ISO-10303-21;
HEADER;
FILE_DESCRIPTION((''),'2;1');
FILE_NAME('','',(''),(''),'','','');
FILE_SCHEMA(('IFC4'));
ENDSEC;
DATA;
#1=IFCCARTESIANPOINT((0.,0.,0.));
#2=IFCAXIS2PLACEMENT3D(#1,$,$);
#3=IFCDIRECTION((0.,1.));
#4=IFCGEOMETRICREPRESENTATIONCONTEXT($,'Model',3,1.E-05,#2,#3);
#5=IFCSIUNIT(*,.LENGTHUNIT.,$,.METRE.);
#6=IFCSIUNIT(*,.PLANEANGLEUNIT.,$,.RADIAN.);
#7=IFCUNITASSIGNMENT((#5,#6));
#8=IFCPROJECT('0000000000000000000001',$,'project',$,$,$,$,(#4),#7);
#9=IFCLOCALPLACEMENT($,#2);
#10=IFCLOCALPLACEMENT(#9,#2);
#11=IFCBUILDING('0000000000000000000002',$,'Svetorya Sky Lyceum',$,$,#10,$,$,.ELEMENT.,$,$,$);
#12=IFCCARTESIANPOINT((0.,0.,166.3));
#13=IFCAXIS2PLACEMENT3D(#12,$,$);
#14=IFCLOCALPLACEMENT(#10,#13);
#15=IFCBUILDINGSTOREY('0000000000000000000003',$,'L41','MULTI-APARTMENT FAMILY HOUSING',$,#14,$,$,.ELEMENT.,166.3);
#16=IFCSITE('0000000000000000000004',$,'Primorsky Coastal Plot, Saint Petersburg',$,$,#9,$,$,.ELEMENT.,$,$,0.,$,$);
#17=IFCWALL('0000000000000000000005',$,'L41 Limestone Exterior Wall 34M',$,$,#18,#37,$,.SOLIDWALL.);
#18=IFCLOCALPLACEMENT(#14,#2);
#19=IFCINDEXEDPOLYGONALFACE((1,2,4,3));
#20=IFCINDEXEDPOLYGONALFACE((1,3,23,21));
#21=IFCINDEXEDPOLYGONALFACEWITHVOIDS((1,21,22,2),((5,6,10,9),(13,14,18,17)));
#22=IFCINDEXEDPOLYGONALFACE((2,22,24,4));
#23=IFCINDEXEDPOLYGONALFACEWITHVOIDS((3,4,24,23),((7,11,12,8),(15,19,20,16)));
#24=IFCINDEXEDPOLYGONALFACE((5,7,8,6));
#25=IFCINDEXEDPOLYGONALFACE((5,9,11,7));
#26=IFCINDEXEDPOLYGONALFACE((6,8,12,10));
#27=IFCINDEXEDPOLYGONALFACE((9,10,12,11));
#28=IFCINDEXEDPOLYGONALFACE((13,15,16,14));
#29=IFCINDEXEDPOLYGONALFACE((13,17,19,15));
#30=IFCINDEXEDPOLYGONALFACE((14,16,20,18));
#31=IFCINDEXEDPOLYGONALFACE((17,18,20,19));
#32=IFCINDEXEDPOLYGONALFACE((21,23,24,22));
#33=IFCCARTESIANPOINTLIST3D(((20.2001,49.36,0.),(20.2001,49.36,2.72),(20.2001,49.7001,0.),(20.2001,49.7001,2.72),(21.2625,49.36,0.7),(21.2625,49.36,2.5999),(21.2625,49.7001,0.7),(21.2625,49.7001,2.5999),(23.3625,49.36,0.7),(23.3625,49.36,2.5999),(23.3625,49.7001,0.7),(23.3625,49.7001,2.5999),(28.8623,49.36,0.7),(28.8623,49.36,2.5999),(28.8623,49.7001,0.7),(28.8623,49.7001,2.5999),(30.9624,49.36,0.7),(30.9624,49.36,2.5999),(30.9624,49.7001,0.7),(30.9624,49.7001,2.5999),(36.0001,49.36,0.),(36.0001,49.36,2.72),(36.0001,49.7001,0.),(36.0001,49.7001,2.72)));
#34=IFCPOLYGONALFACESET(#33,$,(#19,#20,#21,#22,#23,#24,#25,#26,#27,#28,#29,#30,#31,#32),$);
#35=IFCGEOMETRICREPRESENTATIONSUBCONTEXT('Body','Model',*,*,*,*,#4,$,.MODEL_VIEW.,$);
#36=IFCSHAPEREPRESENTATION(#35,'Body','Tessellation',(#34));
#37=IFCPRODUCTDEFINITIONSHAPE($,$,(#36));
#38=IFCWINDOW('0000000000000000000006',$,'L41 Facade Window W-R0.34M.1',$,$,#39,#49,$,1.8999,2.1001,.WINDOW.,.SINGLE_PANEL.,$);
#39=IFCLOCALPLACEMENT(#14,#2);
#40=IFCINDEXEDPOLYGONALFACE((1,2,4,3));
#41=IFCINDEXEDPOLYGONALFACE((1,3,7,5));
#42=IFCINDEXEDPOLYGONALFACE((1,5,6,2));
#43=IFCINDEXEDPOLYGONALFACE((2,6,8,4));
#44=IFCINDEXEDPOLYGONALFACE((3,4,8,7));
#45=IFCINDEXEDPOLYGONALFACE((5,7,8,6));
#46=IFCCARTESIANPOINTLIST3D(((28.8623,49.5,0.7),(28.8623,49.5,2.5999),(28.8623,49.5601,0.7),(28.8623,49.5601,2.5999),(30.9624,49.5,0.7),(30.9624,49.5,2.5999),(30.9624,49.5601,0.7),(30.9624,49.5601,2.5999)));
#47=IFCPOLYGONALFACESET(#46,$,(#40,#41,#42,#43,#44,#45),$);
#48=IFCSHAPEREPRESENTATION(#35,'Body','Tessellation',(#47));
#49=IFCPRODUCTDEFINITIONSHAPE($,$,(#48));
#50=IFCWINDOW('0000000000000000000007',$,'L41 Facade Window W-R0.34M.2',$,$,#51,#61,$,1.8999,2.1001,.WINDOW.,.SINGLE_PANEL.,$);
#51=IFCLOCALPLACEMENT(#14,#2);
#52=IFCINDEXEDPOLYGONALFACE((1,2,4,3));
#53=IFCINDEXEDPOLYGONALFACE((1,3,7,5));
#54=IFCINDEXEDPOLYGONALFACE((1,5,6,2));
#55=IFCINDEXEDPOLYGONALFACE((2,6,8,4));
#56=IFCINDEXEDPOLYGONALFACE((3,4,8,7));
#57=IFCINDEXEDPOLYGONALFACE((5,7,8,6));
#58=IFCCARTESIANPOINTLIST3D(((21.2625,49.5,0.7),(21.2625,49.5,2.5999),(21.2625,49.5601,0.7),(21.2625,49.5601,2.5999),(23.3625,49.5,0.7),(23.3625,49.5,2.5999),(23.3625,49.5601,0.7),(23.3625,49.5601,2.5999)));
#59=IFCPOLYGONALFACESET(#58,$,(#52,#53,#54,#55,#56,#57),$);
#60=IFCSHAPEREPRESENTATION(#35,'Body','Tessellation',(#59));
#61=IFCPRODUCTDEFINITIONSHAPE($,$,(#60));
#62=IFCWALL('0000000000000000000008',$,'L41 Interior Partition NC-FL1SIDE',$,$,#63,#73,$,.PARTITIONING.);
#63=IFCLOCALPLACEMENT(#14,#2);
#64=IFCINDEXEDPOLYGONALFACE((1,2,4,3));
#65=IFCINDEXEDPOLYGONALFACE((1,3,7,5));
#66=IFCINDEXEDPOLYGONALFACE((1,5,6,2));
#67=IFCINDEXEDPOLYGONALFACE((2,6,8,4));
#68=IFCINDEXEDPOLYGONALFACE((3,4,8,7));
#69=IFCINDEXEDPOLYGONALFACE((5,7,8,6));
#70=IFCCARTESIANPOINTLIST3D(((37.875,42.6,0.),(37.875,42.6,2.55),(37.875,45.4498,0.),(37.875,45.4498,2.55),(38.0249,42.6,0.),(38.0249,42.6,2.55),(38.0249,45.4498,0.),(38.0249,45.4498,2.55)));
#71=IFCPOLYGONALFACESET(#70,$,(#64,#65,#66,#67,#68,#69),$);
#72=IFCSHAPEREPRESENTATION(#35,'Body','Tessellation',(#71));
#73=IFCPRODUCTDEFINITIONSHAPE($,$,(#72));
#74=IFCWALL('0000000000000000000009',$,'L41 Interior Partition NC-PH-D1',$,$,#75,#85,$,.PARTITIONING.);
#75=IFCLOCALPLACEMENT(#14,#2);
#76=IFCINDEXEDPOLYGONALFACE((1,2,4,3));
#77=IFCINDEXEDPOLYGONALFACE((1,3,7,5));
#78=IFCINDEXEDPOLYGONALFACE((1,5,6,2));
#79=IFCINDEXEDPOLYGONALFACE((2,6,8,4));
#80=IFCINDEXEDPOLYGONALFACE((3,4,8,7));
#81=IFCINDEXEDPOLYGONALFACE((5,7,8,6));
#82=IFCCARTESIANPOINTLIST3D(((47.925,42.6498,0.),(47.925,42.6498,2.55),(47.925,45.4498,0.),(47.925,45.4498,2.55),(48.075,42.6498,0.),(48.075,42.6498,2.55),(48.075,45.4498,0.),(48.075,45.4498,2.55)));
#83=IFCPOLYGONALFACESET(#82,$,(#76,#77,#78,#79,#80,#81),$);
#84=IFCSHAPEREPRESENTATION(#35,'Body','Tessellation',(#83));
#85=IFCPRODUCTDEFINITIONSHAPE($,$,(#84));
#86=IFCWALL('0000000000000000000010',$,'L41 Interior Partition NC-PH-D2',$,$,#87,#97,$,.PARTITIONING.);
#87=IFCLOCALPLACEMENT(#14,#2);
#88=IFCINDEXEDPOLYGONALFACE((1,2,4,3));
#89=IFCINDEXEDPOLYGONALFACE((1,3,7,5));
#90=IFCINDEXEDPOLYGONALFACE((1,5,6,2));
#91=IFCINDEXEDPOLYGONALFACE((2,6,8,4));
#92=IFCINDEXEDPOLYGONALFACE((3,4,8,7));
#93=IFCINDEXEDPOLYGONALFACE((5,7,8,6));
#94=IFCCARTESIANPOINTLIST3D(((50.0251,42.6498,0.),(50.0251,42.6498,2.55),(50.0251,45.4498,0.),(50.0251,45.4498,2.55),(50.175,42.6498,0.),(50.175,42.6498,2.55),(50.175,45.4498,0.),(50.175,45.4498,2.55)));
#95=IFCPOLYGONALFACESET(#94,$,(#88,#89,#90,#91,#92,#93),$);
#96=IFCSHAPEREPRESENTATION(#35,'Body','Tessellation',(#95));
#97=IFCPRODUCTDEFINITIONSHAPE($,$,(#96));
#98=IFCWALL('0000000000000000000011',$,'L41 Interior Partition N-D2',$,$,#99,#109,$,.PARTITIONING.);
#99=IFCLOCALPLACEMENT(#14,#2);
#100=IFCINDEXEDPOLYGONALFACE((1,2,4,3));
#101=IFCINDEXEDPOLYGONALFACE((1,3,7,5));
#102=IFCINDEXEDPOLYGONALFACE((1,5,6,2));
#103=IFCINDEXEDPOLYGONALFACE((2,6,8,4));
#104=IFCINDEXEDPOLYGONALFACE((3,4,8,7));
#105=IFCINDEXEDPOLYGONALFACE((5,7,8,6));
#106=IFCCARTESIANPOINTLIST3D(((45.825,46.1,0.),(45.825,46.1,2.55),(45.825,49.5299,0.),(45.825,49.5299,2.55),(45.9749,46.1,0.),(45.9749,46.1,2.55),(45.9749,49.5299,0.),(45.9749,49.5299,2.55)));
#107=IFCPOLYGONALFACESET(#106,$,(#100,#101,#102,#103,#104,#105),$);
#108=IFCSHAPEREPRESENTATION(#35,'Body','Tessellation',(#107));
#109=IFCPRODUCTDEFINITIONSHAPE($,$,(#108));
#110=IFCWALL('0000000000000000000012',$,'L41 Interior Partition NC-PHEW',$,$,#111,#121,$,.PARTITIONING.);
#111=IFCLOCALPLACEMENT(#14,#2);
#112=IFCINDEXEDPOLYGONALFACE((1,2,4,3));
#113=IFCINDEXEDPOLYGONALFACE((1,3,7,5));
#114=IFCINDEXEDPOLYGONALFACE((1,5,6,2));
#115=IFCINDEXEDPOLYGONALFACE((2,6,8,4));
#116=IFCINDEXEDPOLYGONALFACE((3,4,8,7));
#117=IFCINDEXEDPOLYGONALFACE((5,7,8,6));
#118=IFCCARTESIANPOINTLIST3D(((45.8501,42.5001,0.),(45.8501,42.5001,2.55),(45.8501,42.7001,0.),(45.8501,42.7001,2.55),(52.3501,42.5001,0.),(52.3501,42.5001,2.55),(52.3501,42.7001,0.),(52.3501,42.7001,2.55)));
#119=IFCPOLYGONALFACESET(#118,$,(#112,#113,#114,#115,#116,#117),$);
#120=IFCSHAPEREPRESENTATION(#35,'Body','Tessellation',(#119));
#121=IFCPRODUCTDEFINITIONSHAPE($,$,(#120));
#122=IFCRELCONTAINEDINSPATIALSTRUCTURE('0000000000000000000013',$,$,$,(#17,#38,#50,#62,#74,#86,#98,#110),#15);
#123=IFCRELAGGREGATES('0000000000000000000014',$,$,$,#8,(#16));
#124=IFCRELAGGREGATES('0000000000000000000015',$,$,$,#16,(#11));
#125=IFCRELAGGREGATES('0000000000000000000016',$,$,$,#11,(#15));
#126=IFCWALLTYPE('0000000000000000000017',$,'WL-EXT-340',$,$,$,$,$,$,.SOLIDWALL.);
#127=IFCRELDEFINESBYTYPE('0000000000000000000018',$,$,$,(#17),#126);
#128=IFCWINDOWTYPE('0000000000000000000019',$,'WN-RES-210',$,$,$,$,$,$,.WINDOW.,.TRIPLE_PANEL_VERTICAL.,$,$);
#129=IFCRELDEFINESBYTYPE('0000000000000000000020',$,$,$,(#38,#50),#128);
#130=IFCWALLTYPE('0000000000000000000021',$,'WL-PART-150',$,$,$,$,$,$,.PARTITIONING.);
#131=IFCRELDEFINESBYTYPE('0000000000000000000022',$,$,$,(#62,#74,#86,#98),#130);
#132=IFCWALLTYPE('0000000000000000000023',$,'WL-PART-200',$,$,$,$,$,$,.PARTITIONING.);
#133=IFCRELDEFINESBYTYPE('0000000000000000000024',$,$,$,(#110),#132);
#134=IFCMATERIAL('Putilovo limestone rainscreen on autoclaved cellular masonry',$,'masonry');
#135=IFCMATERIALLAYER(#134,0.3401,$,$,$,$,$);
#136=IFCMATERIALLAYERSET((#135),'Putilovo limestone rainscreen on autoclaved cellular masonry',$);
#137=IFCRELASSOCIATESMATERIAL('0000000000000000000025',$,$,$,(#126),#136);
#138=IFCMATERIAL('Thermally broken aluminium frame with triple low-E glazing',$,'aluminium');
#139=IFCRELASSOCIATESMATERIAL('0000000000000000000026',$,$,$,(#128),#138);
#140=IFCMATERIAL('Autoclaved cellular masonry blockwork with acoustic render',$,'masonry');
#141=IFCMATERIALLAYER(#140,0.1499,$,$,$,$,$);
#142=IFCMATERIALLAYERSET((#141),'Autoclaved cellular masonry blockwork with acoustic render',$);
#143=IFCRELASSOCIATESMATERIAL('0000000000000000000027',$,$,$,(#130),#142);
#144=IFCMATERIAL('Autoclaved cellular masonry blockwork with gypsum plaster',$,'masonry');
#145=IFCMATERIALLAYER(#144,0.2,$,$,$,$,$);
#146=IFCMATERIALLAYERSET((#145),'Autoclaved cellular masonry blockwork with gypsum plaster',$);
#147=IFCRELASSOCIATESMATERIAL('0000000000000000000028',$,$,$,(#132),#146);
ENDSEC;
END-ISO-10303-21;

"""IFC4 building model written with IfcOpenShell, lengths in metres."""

from ifc_helpers import new_model, si_unit, direction, frame, frame_2d, origin, place, context, subcontext, project, spatial, rectangle, extrude, material, layer, layer_set, type_object, element, fill, save


model = new_model("IFC4")

# Units and contexts
model_context = context("Model", 3, precision=1e-05, world=origin(), true_north=direction((0.0, 1.0)))
body_context = subcontext(model_context, "Body", "Model", "MODEL_VIEW")
ifc_project = project(units=[si_unit("LENGTHUNIT", "METRE"), si_unit("PLANEANGLEUNIT", "RADIAN")], contexts=[model_context])

# Site, building, storey
site_placement = place(None, origin())
site = spatial("IfcSite", under=ifc_project, at=site_placement, Name="Primorsky Coastal Plot, Saint Petersburg", CompositionType="ELEMENT", RefElevation=0.0)
building_placement = place(site_placement, origin())
building = spatial("IfcBuilding", under=site, at=building_placement, Name="Svetorya Sky Lyceum", CompositionType="ELEMENT")
storey_placement = place(building_placement, frame((0.0, 0.0, 166.3)))
storey = spatial("IfcBuildingStorey", under=building, at=storey_placement, Name="L41", Description="MULTI-APARTMENT FAMILY HOUSING", CompositionType="ELEMENT", Elevation=166.3)

# Shared definitions
ifc_material_1 = material(Name="Putilovo limestone rainscreen on autoclaved cellular masonry", Category="masonry")
ifc_layer_1 = layer(ifc_material_1, 0.3401)
ifc_layer_set_1 = layer_set([ifc_layer_1], Name="Putilovo limestone rainscreen on autoclaved cellular masonry")
wall_type_1 = type_object("IfcWallType", Name="WL-EXT-340", PredefinedType="SOLIDWALL", material=ifc_layer_set_1)

# Wall, openings, windows
wall_1_placement = place(storey_placement, frame((36.0, 49.53, 0.0), z_axis=(0.0, 0.0, 1.0), x_axis=(-1.0, 0.0, 0.0)))
wall_1 = element("IfcWall", 1, at=wall_1_placement, inside=storey, type_object=wall_type_1, Name="L41 Limestone Exterior Wall 34M", PredefinedType="SOLIDWALL", context=body_context, shape_type="SweptSolid", body=[
    extrude(rectangle(XDim=15.8, YDim=0.3401, at=frame_2d((7.8999, 0.0))), origin(), (0.0, 0.0, 1.0), 2.72),
])
opening_1_placement = place(wall_1_placement, frame((5.0376, 0.0, 0.7)))
opening_1 = element("IfcOpeningElement", 2, at=opening_1_placement, cuts=wall_1, PredefinedType="OPENING", context=body_context, shape_type="SweptSolid", body=[
    extrude(rectangle(XDim=2.1001, YDim=1.8999, at=frame_2d((1.05, 0.95))), frame((0.0, 0.1799, 0.0), z_axis=(0.0, -1.0, 0.0), x_axis=(1.0, 0.0, 0.0)), (0.0, 0.0, 1.0), 0.3601),
])
opening_2_placement = place(wall_1_placement, frame((12.6375, 0.0, 0.7)))
opening_2 = element("IfcOpeningElement", 3, at=opening_2_placement, cuts=wall_1, PredefinedType="OPENING", context=body_context, shape_type="SweptSolid", body=[
    extrude(rectangle(XDim=2.1001, YDim=1.8999, at=frame_2d((1.05, 0.95))), frame((0.0, 0.1799, 0.0), z_axis=(0.0, -1.0, 0.0), x_axis=(1.0, 0.0, 0.0)), (0.0, 0.0, 1.0), 0.3601),
])
ifc_material_2 = material(Name="Thermally broken aluminium frame with triple low-E glazing", Category="aluminium")
window_type = type_object("IfcWindowType", Name="WN-RES-210", PartitioningType="TRIPLE_PANEL_VERTICAL", PredefinedType="WINDOW", material=ifc_material_2)
window_1_placement = place(opening_1_placement, origin())
window_1 = element("IfcWindow", 4, at=window_1_placement, inside=storey, type_object=window_type, Name="L41 Facade Window W-R0.34M.1", OverallHeight=1.8999, OverallWidth=2.1001, PartitioningType="SINGLE_PANEL", PredefinedType="WINDOW", context=body_context, shape_type="SweptSolid", body=[
    extrude(rectangle(XDim=2.1001, YDim=1.8999, at=frame_2d((1.05, 0.95))), frame((0.0, 0.03, 0.0), z_axis=(0.0, -1.0, 0.0), x_axis=(1.0, 0.0, 0.0)), (0.0, 0.0, 1.0), 0.0601),
])
fill(opening_1, window_1)
window_2_placement = place(opening_2_placement, origin())
window_2 = element("IfcWindow", 5, at=window_2_placement, inside=storey, type_object=window_type, Name="L41 Facade Window W-R0.34M.2", OverallHeight=1.8999, OverallWidth=2.1001, PartitioningType="SINGLE_PANEL", PredefinedType="WINDOW", context=body_context, shape_type="SweptSolid", body=[
    extrude(rectangle(XDim=2.1001, YDim=1.8999, at=frame_2d((1.05, 0.95))), frame((0.0, 0.03, 0.0), z_axis=(0.0, -1.0, 0.0), x_axis=(1.0, 0.0, 0.0)), (0.0, 0.0, 1.0), 0.0601),
])
fill(opening_2, window_2)

# Walls
ifc_material_3 = material(Name="Autoclaved cellular masonry blockwork with acoustic render", Category="masonry")
ifc_layer_2 = layer(ifc_material_3, 0.1499)
ifc_layer_set_2 = layer_set([ifc_layer_2], Name="Autoclaved cellular masonry blockwork with acoustic render")
wall_type_2 = type_object("IfcWallType", Name="WL-PART-150", PredefinedType="PARTITIONING", material=ifc_layer_set_2)
wall_2_placement = place(storey_placement, frame((37.95, 42.6001, 0.0), z_axis=(0.0, 0.0, 1.0), x_axis=(0.0, 1.0, 0.0)))
element("IfcWall", 6, at=wall_2_placement, inside=storey, type_object=wall_type_2, Name="L41 Interior Partition NC-FL1SIDE", PredefinedType="PARTITIONING", context=body_context, shape_type="SweptSolid", body=[
    extrude(rectangle(XDim=2.8499, YDim=0.1499, at=frame_2d((1.4248, 0.0))), origin(), (0.0, 0.0, 1.0), 2.55),
])
for number, where, z_axis, x_axis, name in (
    (7, (48.0, 42.6499, 0.0), (0.0, 0.0, 1.0), (0.0, 1.0, 0.0), "L41 Interior Partition NC-PH-D1"),
    (8, (50.1001, 42.6499, 0.0), (0.0, 0.0, 1.0), (0.0, 1.0, 0.0), "L41 Interior Partition NC-PH-D2"),
):
    element("IfcWall", number, at=place(storey_placement, frame(where, z_axis=z_axis, x_axis=x_axis)), inside=storey, type_object=wall_type_2, Name=name, PredefinedType="PARTITIONING", context=body_context, shape_type="SweptSolid", body=[
        extrude(rectangle(XDim=2.8, YDim=0.1499, at=frame_2d((1.3999, 0.0))), origin(), (0.0, 0.0, 1.0), 2.55),
    ])
wall_3_placement = place(storey_placement, frame((45.8999, 46.1001, 0.0), z_axis=(0.0, 0.0, 1.0), x_axis=(0.0, 1.0, 0.0)))
element("IfcWall", 9, at=wall_3_placement, inside=storey, type_object=wall_type_2, Name="L41 Interior Partition N-D2", PredefinedType="PARTITIONING", context=body_context, shape_type="SweptSolid", body=[
    extrude(rectangle(XDim=3.4299, YDim=0.1499, at=frame_2d((1.7148, 0.0))), origin(), (0.0, 0.0, 1.0), 2.55),
])
ifc_material_4 = material(Name="Autoclaved cellular masonry blockwork with gypsum plaster", Category="masonry")
ifc_layer_3 = layer(ifc_material_4, 0.2)
ifc_layer_set_3 = layer_set([ifc_layer_3], Name="Autoclaved cellular masonry blockwork with gypsum plaster")
wall_type_3 = type_object("IfcWallType", Name="WL-PART-200", PredefinedType="PARTITIONING", material=ifc_layer_set_3)
wall_4_placement = place(storey_placement, frame((52.3501, 42.6001, 0.0), z_axis=(0.0, 0.0, 1.0), x_axis=(-1.0, 0.0, 0.0)))
element("IfcWall", 10, at=wall_4_placement, inside=storey, type_object=wall_type_3, Name="L41 Interior Partition NC-PHEW", PredefinedType="PARTITIONING", context=body_context, shape_type="SweptSolid", body=[
    extrude(rectangle(XDim=6.5, YDim=0.2, at=frame_2d((3.25, 0.0))), origin(), (0.0, 0.0, 1.0), 2.55),
])

save(model, "model.ifc")
